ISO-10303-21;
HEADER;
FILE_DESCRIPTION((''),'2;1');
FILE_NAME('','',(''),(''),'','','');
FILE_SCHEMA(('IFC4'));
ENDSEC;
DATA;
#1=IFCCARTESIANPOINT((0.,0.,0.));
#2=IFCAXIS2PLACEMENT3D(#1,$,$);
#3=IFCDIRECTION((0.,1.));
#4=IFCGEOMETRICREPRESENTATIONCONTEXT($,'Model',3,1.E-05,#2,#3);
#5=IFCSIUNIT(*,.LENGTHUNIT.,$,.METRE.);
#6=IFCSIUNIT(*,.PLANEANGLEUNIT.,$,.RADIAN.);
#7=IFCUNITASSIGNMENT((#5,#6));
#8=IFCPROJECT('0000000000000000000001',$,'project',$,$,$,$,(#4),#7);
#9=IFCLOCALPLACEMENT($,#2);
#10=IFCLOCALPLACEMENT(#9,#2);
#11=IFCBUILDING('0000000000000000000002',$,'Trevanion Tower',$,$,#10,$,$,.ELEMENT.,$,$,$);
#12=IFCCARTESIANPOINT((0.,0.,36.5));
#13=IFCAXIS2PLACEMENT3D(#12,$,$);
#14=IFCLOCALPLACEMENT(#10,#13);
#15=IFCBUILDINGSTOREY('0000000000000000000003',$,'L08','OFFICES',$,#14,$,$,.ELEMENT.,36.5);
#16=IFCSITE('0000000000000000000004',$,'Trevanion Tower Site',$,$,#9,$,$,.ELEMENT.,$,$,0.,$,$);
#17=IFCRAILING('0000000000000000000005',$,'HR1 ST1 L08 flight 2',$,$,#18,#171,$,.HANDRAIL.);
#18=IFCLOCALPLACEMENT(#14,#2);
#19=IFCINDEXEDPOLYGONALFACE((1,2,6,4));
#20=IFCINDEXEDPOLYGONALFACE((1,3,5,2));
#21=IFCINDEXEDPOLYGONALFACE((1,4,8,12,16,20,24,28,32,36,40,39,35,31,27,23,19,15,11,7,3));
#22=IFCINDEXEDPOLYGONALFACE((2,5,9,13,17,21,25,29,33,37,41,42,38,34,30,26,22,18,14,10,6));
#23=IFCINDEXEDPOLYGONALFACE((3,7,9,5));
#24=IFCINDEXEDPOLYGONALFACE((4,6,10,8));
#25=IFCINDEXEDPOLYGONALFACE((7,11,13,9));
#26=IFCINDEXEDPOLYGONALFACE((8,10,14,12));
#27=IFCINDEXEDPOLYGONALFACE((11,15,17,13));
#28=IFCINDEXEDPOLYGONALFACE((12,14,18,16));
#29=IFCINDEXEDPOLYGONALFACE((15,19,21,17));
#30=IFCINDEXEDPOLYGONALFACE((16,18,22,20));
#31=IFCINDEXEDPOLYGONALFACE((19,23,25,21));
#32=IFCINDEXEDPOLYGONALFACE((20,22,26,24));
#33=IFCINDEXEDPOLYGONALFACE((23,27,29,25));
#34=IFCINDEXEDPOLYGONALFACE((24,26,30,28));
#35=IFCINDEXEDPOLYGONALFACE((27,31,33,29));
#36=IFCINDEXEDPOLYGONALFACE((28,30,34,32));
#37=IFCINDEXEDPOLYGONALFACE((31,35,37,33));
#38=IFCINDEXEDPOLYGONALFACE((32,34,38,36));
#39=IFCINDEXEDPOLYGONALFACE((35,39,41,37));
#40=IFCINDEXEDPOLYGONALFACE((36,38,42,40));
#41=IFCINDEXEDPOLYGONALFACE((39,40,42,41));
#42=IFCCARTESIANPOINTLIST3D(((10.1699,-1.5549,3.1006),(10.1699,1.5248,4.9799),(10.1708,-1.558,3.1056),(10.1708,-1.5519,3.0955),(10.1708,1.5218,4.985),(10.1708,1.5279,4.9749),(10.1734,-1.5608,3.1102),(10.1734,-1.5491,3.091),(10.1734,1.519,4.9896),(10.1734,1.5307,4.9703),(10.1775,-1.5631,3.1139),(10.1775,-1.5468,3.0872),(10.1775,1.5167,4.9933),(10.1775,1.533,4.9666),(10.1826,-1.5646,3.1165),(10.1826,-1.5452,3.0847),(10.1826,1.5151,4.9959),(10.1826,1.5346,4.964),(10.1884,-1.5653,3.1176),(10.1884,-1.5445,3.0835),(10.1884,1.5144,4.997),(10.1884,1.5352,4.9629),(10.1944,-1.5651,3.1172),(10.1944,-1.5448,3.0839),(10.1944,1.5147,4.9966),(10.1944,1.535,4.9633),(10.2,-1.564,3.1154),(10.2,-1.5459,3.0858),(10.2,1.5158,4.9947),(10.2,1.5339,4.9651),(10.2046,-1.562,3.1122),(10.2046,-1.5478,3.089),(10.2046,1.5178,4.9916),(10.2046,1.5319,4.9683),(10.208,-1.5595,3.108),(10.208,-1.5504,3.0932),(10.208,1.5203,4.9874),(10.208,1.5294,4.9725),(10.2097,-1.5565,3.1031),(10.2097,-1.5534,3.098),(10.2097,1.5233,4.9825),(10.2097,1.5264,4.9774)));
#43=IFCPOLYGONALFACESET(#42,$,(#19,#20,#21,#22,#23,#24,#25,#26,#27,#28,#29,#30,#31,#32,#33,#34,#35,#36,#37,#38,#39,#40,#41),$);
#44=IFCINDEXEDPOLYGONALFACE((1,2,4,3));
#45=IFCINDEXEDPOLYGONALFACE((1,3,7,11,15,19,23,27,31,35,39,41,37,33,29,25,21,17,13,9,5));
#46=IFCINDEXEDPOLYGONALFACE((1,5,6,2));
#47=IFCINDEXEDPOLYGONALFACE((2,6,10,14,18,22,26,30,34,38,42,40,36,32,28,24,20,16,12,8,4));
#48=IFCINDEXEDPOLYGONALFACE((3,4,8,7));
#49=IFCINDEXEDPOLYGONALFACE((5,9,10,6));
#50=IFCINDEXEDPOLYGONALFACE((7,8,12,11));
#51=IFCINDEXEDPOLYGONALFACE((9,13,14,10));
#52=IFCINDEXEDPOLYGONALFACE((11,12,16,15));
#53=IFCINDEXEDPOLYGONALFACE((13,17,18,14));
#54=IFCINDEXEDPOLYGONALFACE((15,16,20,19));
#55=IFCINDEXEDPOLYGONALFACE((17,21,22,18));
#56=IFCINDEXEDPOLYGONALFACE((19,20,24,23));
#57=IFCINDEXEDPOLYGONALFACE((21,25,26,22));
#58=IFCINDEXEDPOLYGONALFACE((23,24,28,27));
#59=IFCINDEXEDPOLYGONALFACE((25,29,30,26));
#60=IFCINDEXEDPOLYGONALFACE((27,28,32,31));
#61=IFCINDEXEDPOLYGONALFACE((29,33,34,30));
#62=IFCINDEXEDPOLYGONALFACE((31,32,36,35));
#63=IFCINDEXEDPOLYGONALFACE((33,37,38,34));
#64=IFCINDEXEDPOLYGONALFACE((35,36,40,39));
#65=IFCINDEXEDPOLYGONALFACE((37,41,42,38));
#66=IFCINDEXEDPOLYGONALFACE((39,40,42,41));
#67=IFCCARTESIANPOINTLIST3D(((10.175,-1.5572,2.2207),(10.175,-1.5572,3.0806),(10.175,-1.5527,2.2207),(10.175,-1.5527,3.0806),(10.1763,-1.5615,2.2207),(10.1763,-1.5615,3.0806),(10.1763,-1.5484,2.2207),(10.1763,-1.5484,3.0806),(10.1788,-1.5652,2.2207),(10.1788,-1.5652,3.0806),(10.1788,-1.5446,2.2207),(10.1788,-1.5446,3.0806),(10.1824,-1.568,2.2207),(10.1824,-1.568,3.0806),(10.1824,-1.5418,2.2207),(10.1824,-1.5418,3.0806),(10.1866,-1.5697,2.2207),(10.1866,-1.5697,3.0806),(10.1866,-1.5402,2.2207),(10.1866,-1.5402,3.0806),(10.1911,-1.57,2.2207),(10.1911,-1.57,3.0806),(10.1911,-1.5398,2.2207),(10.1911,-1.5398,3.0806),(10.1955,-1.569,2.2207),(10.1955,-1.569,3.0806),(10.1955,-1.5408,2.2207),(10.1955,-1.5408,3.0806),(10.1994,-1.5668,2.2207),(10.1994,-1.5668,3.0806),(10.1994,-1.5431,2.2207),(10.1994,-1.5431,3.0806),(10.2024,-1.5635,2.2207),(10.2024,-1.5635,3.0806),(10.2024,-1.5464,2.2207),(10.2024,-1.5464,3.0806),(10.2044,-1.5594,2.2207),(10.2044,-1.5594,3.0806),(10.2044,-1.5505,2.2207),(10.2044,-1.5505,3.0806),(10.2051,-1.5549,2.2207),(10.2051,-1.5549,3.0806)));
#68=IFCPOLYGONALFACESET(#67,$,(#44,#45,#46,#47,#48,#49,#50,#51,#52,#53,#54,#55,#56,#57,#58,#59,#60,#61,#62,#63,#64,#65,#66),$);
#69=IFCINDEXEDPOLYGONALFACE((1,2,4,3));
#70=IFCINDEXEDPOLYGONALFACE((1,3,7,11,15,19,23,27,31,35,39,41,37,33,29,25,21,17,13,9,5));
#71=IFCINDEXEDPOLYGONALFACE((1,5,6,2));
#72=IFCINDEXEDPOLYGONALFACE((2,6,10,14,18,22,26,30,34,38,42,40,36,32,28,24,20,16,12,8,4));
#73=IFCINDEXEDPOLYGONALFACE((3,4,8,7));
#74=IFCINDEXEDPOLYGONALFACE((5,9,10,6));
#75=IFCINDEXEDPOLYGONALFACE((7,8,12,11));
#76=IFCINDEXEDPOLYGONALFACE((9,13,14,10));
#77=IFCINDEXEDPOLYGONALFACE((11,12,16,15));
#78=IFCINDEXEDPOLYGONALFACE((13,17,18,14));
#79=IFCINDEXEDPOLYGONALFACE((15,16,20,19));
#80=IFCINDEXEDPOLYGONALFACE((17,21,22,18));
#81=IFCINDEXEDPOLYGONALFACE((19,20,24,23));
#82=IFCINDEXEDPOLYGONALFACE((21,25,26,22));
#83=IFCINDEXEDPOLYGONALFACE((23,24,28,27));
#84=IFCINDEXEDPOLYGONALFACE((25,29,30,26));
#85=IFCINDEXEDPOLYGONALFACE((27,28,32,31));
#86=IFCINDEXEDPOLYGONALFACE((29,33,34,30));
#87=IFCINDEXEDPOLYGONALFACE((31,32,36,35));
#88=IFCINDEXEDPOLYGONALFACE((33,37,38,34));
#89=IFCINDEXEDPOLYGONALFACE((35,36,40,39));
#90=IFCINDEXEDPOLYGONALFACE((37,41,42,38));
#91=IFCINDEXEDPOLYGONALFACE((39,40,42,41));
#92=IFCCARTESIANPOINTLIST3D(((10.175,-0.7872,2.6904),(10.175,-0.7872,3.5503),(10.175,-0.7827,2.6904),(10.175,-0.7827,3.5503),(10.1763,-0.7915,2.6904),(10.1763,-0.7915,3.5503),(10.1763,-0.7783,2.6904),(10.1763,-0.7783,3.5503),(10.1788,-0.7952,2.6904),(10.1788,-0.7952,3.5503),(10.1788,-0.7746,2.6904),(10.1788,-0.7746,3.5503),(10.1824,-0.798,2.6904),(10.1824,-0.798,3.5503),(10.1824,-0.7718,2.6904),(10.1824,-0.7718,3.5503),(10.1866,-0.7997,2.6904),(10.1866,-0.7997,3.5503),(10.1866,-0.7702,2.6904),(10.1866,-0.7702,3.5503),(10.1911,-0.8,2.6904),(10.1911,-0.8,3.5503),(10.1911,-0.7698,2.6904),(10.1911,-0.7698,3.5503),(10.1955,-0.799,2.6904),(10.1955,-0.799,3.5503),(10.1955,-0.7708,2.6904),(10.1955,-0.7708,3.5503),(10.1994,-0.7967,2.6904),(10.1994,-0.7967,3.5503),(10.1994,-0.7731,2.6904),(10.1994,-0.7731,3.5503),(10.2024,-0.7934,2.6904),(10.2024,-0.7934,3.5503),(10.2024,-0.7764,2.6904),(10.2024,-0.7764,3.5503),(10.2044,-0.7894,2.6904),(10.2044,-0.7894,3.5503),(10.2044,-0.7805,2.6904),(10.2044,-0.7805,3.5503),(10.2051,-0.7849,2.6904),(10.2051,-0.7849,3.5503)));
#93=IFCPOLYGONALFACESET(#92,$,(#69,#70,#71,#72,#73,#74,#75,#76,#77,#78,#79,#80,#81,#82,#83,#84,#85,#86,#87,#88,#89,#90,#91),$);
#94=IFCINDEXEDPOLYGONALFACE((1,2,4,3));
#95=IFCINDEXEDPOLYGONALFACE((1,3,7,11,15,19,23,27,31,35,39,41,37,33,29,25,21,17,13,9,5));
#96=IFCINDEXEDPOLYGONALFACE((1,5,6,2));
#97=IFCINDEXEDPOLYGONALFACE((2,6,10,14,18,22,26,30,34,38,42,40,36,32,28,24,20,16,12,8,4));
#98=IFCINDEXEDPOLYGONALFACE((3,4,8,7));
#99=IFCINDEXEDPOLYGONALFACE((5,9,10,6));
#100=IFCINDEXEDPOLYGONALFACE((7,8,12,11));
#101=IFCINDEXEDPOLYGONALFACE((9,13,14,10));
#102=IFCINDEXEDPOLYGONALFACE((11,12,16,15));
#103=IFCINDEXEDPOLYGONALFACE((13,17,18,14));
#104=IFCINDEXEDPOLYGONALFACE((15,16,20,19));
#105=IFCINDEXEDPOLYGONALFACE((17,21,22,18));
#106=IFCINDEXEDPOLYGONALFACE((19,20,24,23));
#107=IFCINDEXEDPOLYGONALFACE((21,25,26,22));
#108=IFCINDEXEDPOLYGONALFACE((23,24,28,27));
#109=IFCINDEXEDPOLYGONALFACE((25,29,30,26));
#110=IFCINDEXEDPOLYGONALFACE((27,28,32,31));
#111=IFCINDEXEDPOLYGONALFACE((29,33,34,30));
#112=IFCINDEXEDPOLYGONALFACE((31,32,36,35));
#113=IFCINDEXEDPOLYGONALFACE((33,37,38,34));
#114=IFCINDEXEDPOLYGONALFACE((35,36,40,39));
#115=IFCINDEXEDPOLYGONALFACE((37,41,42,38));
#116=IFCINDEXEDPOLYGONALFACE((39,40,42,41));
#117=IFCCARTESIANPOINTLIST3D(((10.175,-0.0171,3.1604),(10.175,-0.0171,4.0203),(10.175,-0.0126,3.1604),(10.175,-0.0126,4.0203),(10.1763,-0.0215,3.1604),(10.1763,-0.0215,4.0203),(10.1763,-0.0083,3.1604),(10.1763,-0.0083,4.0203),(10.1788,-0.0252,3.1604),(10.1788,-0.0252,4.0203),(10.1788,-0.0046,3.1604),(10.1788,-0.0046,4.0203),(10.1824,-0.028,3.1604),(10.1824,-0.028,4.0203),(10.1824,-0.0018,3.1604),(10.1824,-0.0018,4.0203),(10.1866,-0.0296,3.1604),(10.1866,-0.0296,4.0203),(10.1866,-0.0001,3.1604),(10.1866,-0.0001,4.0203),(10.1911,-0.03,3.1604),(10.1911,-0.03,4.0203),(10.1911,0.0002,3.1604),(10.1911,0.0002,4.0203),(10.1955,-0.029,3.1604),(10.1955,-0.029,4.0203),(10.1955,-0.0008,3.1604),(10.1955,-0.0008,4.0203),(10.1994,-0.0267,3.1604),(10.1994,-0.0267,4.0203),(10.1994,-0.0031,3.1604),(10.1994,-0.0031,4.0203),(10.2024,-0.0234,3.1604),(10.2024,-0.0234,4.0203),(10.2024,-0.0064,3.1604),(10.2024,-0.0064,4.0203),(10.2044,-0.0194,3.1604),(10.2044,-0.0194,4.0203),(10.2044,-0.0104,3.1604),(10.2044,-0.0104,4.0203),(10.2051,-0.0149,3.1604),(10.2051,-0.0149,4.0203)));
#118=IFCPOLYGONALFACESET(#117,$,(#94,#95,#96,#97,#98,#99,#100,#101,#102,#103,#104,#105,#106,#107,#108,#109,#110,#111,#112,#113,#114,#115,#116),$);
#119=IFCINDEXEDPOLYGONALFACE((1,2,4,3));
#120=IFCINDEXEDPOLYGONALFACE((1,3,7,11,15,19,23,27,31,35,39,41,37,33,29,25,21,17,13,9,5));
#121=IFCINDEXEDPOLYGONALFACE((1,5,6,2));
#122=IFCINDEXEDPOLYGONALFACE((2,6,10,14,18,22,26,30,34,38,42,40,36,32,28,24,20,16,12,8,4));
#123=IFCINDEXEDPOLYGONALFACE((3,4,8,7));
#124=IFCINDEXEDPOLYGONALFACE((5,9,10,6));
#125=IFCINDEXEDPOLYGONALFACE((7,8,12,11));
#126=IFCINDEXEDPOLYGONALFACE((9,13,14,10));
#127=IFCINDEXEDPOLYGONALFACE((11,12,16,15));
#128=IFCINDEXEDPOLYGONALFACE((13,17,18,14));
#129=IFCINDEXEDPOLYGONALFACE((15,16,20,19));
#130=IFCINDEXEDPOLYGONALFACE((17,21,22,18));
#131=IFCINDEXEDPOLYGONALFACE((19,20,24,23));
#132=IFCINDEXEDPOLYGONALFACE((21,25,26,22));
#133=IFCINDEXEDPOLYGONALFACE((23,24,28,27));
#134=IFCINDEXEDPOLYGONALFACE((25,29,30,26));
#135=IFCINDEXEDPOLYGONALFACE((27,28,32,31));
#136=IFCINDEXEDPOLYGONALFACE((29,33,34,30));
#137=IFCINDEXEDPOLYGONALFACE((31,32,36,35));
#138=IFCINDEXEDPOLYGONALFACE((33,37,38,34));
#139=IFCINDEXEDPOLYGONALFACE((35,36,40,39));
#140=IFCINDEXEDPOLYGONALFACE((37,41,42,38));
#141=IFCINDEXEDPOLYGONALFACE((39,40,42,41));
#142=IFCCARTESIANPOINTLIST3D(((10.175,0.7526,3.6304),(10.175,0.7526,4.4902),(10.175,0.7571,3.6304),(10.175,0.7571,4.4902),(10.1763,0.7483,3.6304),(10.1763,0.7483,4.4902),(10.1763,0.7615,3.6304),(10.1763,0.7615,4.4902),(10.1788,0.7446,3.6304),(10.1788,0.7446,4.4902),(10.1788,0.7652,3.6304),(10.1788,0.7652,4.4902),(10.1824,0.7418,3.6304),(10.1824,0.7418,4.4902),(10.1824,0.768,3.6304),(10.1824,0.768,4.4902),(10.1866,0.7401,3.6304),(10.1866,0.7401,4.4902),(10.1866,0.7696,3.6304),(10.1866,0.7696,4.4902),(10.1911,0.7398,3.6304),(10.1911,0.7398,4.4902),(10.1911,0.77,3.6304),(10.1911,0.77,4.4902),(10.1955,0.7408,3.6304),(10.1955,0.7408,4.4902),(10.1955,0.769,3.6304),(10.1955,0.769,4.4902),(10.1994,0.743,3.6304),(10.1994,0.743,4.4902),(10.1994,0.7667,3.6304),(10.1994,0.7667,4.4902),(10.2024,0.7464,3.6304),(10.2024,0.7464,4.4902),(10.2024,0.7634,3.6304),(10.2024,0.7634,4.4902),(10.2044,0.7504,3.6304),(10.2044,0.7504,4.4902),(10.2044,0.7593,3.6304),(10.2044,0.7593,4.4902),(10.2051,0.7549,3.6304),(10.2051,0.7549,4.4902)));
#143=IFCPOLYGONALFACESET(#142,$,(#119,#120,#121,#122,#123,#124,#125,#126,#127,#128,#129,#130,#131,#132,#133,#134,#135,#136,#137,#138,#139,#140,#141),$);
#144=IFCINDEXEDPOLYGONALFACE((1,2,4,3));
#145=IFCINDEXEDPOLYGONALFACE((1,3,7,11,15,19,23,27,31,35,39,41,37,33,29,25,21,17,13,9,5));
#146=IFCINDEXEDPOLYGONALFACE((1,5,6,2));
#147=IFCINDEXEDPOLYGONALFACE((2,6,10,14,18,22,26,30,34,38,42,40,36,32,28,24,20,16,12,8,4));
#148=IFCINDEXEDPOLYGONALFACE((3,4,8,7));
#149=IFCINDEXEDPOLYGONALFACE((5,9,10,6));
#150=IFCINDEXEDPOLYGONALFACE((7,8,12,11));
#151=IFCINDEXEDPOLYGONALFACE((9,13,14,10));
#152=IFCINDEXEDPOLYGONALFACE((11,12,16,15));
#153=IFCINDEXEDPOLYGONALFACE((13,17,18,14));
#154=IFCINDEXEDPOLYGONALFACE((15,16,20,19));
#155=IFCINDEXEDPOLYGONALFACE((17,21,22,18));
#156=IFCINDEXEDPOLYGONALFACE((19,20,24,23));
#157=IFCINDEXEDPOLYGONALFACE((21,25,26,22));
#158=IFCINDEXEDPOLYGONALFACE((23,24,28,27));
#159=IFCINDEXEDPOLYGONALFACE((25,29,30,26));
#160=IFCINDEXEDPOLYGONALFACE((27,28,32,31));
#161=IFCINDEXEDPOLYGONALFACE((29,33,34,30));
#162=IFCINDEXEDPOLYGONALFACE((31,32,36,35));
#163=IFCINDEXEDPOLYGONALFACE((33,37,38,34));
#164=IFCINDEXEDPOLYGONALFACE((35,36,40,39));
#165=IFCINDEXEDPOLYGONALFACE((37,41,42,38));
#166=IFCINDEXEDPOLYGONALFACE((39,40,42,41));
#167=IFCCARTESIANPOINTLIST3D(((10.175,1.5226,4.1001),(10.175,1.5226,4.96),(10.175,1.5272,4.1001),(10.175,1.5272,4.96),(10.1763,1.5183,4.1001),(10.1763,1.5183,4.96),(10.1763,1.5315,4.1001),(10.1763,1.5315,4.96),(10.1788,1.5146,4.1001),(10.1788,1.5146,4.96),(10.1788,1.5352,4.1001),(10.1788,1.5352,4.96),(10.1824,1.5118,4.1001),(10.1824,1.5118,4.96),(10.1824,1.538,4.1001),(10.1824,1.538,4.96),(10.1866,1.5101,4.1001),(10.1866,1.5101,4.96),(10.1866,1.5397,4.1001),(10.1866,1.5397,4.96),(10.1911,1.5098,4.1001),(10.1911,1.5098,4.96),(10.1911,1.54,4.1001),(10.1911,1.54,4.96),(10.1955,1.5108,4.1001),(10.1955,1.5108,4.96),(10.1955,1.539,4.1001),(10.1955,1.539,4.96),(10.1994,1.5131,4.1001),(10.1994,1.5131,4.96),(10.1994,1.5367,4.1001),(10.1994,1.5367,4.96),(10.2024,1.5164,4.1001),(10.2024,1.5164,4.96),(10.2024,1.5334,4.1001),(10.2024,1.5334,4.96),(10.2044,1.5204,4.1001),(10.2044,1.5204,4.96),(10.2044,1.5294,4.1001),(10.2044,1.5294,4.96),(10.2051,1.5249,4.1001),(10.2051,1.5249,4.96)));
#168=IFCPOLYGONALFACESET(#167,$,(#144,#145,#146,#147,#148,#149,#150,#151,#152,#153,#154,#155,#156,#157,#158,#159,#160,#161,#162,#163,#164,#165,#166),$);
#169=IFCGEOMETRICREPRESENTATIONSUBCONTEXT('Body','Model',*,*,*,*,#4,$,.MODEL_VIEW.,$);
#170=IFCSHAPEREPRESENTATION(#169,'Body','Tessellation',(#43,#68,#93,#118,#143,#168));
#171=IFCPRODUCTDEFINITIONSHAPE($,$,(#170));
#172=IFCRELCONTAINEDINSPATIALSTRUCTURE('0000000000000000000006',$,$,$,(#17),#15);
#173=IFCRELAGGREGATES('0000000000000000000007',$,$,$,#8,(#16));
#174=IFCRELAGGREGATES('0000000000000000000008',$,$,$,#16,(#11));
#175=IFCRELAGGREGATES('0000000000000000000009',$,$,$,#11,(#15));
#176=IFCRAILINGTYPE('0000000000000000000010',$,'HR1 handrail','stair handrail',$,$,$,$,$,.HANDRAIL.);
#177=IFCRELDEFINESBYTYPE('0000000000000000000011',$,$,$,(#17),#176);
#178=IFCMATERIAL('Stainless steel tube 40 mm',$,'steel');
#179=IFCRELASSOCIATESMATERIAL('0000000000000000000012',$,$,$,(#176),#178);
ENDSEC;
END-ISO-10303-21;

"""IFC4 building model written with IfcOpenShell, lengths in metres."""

from ifc_helpers import new_model, si_unit, direction, frame, origin, origin_2d, place, context, subcontext, project, spatial, circle, extrude, material, type_object, element, save


model = new_model("IFC4")

# Units and contexts
model_context = context("Model", 3, precision=1e-05, world=origin(), true_north=direction((0.0, 1.0)))
body_context = subcontext(model_context, "Body", "Model", "MODEL_VIEW")
ifc_project = project(units=[si_unit("LENGTHUNIT", "METRE"), si_unit("PLANEANGLEUNIT", "RADIAN")], contexts=[model_context])

# Site, building, storey
site_placement = place(None, origin())
site = spatial("IfcSite", under=ifc_project, at=site_placement, Name="Trevanion Tower Site", CompositionType="ELEMENT", RefElevation=0.0)
building_placement = place(site_placement, origin())
building = spatial("IfcBuilding", under=site, at=building_placement, Name="Trevanion Tower", CompositionType="ELEMENT")
storey_placement = place(building_placement, frame((0.0, 0.0, 36.5)))
storey = spatial("IfcBuildingStorey", under=building, at=storey_placement, Name="L08", Description="OFFICES", CompositionType="ELEMENT", Elevation=36.5)

# Railing
ifc_material_1 = material(Name="Stainless steel tube 40 mm", Category="steel")
railing_type = type_object("IfcRailingType", Name="HR1 handrail", Description="stair handrail", PredefinedType="HANDRAIL", material=ifc_material_1)
for number, where, name in (
    (1, (10.1899, -1.5549, 2.2207), "HR1 ST1 L08 flight 2"),
):
    element("IfcRailing", number, at=place(storey_placement, frame(where)), inside=storey, type_object=railing_type, Name=name, PredefinedType="HANDRAIL", context=body_context, shape_type="SweptSolid", body=[
        extrude(circle(Radius=0.02, at=origin_2d()), frame((0.0, 0.0, 0.8799), z_axis=(0.0, 0.853618, 0.5209), x_axis=(-1.0, 0.0, 0.0)), (0.0, 0.0, 1.0), 3.6079),
        extrude(circle(Radius=0.0151, at=origin_2d()), origin(), (0.0, 0.0, 1.0), 0.8599),
        extrude(circle(Radius=0.0151, at=origin_2d()), frame((0.0, 0.77, 0.4697)), (0.0, 0.0, 1.0), 0.8599),
        extrude(circle(Radius=0.0151, at=origin_2d()), frame((0.0, 1.54, 0.9397)), (0.0, 0.0, 1.0), 0.8599),
        extrude(circle(Radius=0.0151, at=origin_2d()), frame((0.0, 2.3098, 1.4097)), (0.0, 0.0, 1.0), 0.8599),
        extrude(circle(Radius=0.0151, at=origin_2d()), frame((0.0, 3.0798, 1.8794)), (0.0, 0.0, 1.0), 0.8599),
    ])

save(model, "model.ifc")
